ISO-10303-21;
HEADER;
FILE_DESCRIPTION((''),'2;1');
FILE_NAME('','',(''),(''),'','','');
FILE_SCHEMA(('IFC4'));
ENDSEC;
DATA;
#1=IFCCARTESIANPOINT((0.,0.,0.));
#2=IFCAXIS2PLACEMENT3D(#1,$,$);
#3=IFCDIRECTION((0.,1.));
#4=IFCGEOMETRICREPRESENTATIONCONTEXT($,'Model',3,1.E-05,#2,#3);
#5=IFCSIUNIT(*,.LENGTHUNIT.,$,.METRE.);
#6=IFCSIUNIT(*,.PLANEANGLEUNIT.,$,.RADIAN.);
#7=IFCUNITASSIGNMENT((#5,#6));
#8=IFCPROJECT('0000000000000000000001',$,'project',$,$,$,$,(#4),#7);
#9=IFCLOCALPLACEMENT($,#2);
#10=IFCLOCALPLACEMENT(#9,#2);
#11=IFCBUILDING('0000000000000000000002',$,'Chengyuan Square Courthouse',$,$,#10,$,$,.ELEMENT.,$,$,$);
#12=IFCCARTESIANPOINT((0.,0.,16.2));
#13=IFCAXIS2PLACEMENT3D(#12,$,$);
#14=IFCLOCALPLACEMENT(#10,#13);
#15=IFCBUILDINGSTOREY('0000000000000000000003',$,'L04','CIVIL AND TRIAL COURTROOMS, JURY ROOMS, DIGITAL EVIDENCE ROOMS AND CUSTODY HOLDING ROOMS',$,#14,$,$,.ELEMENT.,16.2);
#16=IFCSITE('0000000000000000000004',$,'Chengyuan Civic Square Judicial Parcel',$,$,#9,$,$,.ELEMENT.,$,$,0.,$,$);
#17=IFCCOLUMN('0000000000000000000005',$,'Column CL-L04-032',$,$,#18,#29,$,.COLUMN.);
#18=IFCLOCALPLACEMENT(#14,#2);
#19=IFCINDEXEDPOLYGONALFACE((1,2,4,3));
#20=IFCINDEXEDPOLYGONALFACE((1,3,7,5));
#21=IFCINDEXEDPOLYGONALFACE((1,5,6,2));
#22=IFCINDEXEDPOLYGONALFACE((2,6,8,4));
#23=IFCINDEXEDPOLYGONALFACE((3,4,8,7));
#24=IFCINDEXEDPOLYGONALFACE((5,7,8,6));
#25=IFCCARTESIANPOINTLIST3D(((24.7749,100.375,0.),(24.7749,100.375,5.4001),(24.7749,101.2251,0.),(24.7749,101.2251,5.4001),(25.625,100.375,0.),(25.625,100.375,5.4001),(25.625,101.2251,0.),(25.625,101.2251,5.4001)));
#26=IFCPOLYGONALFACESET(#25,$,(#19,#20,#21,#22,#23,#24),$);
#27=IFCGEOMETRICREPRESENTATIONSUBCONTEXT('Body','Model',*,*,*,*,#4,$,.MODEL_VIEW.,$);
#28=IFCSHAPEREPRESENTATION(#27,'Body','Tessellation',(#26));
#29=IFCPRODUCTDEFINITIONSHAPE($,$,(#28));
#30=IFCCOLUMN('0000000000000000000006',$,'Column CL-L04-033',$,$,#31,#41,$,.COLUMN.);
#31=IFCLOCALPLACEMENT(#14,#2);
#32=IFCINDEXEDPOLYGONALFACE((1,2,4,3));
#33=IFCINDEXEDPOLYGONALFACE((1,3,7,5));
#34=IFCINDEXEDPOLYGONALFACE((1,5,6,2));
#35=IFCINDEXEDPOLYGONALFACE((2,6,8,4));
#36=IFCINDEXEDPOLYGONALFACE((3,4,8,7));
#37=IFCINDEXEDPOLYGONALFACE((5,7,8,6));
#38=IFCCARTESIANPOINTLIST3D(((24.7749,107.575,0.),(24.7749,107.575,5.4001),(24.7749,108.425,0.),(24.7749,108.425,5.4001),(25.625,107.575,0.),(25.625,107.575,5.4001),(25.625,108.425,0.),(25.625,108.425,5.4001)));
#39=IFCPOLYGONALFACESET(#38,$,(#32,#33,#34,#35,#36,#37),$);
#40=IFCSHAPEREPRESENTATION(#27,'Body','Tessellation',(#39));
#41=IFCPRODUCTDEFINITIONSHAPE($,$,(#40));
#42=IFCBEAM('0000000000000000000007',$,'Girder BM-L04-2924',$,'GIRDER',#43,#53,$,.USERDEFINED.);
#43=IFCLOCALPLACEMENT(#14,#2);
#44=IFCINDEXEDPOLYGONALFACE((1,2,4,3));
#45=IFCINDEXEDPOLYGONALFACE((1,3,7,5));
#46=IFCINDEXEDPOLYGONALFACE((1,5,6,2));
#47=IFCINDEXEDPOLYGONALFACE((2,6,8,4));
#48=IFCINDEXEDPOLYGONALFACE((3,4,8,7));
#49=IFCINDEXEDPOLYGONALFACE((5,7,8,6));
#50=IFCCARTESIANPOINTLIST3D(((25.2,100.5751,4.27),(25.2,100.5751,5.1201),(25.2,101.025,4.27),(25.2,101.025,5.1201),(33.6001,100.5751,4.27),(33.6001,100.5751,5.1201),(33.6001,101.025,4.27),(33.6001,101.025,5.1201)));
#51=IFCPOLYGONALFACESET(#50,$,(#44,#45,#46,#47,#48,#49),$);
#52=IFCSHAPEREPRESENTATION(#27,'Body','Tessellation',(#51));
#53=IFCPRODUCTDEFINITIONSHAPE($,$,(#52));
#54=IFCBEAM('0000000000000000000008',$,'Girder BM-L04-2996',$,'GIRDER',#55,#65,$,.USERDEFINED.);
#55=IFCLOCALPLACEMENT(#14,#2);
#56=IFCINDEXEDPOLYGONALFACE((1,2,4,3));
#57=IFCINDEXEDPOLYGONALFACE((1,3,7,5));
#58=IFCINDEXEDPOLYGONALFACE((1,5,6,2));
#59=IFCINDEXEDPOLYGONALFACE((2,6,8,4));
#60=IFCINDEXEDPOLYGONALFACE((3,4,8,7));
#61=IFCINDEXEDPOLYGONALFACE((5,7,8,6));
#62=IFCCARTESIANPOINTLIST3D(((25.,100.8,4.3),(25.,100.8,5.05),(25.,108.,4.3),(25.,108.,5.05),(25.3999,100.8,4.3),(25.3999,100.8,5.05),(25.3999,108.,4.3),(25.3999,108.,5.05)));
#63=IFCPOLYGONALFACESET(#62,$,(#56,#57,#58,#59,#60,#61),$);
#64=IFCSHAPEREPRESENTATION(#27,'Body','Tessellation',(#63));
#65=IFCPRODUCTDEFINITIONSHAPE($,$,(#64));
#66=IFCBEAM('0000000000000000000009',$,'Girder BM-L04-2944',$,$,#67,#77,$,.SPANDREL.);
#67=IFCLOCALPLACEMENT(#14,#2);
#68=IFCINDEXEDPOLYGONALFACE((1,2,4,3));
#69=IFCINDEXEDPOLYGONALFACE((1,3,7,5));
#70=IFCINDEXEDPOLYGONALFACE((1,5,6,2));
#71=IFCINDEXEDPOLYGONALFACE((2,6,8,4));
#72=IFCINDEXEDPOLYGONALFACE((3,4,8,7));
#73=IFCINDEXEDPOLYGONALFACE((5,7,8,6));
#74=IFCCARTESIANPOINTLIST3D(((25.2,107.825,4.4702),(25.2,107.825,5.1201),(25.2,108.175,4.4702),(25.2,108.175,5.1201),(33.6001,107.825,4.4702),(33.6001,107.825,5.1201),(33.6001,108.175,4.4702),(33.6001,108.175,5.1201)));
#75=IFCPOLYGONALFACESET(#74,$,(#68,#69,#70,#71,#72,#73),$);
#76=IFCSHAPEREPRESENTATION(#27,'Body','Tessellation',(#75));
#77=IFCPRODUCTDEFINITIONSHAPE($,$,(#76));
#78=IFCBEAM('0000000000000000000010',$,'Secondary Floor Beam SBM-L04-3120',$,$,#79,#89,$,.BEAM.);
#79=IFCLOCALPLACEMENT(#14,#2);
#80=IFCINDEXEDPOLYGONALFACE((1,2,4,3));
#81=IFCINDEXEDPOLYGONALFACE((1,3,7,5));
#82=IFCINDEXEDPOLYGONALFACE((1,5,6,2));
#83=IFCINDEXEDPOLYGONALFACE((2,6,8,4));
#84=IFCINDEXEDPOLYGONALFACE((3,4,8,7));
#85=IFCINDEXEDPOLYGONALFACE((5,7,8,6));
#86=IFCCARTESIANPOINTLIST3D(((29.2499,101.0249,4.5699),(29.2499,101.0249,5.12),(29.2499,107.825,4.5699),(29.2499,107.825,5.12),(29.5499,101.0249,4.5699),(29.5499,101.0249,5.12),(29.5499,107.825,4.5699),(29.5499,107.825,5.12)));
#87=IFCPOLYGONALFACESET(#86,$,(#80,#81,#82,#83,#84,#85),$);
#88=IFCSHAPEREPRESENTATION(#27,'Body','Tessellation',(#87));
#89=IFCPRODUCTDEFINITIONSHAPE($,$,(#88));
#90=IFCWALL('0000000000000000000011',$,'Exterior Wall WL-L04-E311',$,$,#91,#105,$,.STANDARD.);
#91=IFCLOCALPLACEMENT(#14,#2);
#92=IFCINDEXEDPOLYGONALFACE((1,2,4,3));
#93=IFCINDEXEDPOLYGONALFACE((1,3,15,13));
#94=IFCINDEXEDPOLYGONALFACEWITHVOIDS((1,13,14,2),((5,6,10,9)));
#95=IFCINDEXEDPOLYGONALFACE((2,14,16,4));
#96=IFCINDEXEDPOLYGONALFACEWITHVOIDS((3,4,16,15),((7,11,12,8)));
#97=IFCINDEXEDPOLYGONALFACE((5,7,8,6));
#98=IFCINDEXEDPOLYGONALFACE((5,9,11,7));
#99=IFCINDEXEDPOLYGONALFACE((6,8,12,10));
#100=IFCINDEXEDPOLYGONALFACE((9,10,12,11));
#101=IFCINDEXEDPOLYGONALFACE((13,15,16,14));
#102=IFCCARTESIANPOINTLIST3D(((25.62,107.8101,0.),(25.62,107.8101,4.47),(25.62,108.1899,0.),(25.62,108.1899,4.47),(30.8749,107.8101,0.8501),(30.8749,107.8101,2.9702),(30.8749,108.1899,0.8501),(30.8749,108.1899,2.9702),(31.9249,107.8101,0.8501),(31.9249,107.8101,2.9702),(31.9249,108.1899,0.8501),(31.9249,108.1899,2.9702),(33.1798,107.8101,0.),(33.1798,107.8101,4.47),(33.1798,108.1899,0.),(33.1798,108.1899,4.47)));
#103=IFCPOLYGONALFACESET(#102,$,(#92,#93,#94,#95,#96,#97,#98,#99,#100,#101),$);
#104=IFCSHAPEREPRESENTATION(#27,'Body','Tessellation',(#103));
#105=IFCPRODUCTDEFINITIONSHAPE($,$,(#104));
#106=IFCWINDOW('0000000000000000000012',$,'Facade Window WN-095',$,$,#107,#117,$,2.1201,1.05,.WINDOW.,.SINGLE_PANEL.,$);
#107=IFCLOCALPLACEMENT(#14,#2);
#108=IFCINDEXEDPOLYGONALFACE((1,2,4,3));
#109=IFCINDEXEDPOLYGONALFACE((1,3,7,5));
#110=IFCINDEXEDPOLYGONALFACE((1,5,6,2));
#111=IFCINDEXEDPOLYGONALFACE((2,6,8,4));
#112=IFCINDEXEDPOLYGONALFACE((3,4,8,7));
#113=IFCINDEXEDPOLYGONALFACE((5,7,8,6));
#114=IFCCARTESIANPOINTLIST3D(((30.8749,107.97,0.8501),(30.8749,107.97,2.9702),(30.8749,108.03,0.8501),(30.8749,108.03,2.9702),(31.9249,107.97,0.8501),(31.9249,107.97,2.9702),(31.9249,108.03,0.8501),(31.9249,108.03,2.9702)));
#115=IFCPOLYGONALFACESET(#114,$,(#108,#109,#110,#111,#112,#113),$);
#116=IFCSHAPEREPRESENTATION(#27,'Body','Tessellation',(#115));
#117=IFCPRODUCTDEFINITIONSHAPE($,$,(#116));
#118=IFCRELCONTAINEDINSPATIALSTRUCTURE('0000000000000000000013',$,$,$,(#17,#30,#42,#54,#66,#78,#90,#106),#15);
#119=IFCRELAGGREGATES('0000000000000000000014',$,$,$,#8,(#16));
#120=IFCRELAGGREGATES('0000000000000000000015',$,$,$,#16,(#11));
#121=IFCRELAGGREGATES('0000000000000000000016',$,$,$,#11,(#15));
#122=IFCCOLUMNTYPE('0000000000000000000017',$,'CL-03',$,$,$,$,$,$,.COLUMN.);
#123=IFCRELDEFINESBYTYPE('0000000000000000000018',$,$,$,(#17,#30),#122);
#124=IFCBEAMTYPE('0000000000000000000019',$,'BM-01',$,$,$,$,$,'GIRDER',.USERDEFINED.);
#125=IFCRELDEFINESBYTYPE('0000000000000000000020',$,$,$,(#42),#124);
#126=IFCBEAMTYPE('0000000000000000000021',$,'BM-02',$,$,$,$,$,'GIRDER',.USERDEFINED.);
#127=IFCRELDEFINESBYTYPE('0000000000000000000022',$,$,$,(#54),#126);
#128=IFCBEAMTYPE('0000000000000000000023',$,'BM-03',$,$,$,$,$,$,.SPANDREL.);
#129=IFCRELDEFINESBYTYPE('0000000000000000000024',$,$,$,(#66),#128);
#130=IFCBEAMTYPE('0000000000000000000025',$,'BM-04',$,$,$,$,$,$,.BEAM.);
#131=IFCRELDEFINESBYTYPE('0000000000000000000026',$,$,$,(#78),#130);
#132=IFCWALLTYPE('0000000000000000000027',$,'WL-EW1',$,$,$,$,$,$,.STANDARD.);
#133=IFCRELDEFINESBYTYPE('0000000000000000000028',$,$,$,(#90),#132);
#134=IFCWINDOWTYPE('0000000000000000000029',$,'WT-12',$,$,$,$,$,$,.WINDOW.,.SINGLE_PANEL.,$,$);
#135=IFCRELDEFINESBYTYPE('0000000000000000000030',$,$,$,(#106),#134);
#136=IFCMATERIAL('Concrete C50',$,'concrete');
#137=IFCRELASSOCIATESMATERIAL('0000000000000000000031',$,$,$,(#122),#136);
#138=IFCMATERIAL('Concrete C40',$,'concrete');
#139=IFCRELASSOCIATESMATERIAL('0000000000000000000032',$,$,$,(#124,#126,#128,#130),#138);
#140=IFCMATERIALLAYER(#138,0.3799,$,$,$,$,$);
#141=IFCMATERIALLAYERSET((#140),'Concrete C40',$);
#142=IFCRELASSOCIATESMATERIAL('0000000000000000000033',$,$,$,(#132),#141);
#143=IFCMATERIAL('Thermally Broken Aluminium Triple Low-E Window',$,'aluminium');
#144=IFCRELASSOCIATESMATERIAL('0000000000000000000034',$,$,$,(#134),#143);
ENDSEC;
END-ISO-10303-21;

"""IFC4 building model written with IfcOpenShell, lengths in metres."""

from ifc_helpers import new_model, si_unit, direction, frame, frame_2d, origin, origin_2d, place, context, subcontext, project, spatial, rectangle, extrude, material, layer, layer_set, material_profile, profile_set, type_object, element, fill, save


model = new_model("IFC4")

# Units and contexts
model_context = context("Model", 3, precision=1e-05, world=origin(), true_north=direction((0.0, 1.0)))
body_context = subcontext(model_context, "Body", "Model", "MODEL_VIEW")
ifc_project = project(units=[si_unit("LENGTHUNIT", "METRE"), si_unit("PLANEANGLEUNIT", "RADIAN")], contexts=[model_context])

# Site, building, storey
site_placement = place(None, origin())
site = spatial("IfcSite", under=ifc_project, at=site_placement, Name="Chengyuan Civic Square Judicial Parcel", CompositionType="ELEMENT", RefElevation=0.0)
building_placement = place(site_placement, origin())
building = spatial("IfcBuilding", under=site, at=building_placement, Name="Chengyuan Square Courthouse", CompositionType="ELEMENT")
storey_placement = place(building_placement, frame((0.0, 0.0, 16.2)))
storey = spatial("IfcBuildingStorey", under=building, at=storey_placement, Name="L04", Description="CIVIL AND TRIAL COURTROOMS, JURY ROOMS, DIGITAL EVIDENCE ROOMS AND CUSTODY HOLDING ROOMS", CompositionType="ELEMENT", Elevation=16.2)

# Columns
ifc_material_1 = material(Name="Concrete C50", Category="concrete")
ifc_material_profile_1 = material_profile(ifc_material_1, rectangle(XDim=0.8501, YDim=0.8501, at=origin_2d()), Name="RC-COL-850x850")
ifc_profile_set_1 = profile_set([ifc_material_profile_1], Name="Concrete C50")
column_type = type_object("IfcColumnType", Name="CL-03", PredefinedType="COLUMN", material=ifc_profile_set_1)
for number, where, z_axis, x_axis, name in (
    (1, (25.2, 100.8, 0.0), (0.0, 0.0, 1.0), (1.0, 0.0, 0.0), "Column CL-L04-032"),
    (2, (25.2, 108.0, 0.0), (0.0, 0.0, 1.0), (1.0, 0.0, 0.0), "Column CL-L04-033"),
):
    element("IfcColumn", number, at=place(storey_placement, frame(where, z_axis=z_axis, x_axis=x_axis)), inside=storey, type_object=column_type, Name=name, PredefinedType="COLUMN", context=body_context, shape_type="SweptSolid", body=[
        extrude(rectangle(XDim=0.8501, YDim=0.8501, at=origin_2d()), origin(), (0.0, 0.0, 1.0), 5.4001),
    ])

# Beams
ifc_material_2 = material(Name="Concrete C40", Category="concrete")
ifc_material_profile_2 = material_profile(ifc_material_2, rectangle(XDim=0.45, YDim=0.8501, at=origin_2d()), Name="RC-BM-450x850")
ifc_profile_set_2 = profile_set([ifc_material_profile_2], Name="Concrete C40")
beam_type_1 = type_object("IfcBeamType", Name="BM-01", ElementType="GIRDER", PredefinedType="USERDEFINED", material=ifc_profile_set_2)
beam_1_placement = place(storey_placement, frame((25.2, 100.8, 4.6951), z_axis=(1.0, 0.0, 0.0), x_axis=(0.0, 1.0, 0.0)))
element("IfcBeam", 3, at=beam_1_placement, inside=storey, type_object=beam_type_1, Name="Girder BM-L04-2924", ObjectType="GIRDER", PredefinedType="USERDEFINED", context=body_context, shape_type="SweptSolid", body=[
    extrude(rectangle(XDim=0.45, YDim=0.8501, at=origin_2d()), origin(), (0.0, 0.0, 1.0), 8.4001),
])
ifc_material_profile_3 = material_profile(ifc_material_2, rectangle(XDim=0.3999, YDim=0.75, at=origin_2d()), Name="RC-BM-400x750")
ifc_profile_set_3 = profile_set([ifc_material_profile_3], Name="Concrete C40")
beam_type_2 = type_object("IfcBeamType", Name="BM-02", ElementType="GIRDER", PredefinedType="USERDEFINED", material=ifc_profile_set_3)
beam_2_placement = place(storey_placement, frame((25.2, 100.8, 4.675), z_axis=(0.0, 1.0, 0.0), x_axis=(-1.0, 0.0, 0.0)))
element("IfcBeam", 4, at=beam_2_placement, inside=storey, type_object=beam_type_2, Name="Girder BM-L04-2996", ObjectType="GIRDER", PredefinedType="USERDEFINED", context=body_context, shape_type="SweptSolid", body=[
    extrude(rectangle(XDim=0.3999, YDim=0.75, at=origin_2d()), origin(), (0.0, 0.0, 1.0), 7.2),
])
ifc_material_profile_4 = material_profile(ifc_material_2, rectangle(XDim=0.3501, YDim=0.6499, at=origin_2d()), Name="RC-BM-350x650")
ifc_profile_set_4 = profile_set([ifc_material_profile_4], Name="Concrete C40")
beam_type_3 = type_object("IfcBeamType", Name="BM-03", PredefinedType="SPANDREL", material=ifc_profile_set_4)
beam_3_placement = place(storey_placement, frame((25.2, 108.0, 4.7952), z_axis=(1.0, 0.0, 0.0), x_axis=(0.0, 1.0, 0.0)))
element("IfcBeam", 5, at=beam_3_placement, inside=storey, type_object=beam_type_3, Name="Girder BM-L04-2944", PredefinedType="SPANDREL", context=body_context, shape_type="SweptSolid", body=[
    extrude(rectangle(XDim=0.3501, YDim=0.6499, at=origin_2d()), origin(), (0.0, 0.0, 1.0), 8.4001),
])
ifc_material_profile_5 = material_profile(ifc_material_2, rectangle(XDim=0.3, YDim=0.55, at=origin_2d()), Name="RC-BM-300x550")
ifc_profile_set_5 = profile_set([ifc_material_profile_5], Name="Concrete C40")
beam_type_4 = type_object("IfcBeamType", Name="BM-04", PredefinedType="BEAM", material=ifc_profile_set_5)
beam_4_placement = place(storey_placement, frame((29.3999, 101.0249, 4.845), z_axis=(0.0, 1.0, 0.0), x_axis=(-1.0, 0.0, 0.0)))
element("IfcBeam", 6, at=beam_4_placement, inside=storey, type_object=beam_type_4, Name="Secondary Floor Beam SBM-L04-3120", PredefinedType="BEAM", context=body_context, shape_type="SweptSolid", body=[
    extrude(rectangle(XDim=0.3, YDim=0.55, at=origin_2d()), origin(), (0.0, 0.0, 1.0), 6.8),
])

# Wall, opening, window
ifc_layer_1 = layer(ifc_material_2, 0.3799)
ifc_layer_set_1 = layer_set([ifc_layer_1], Name="Concrete C40")
wall_type_1 = type_object("IfcWallType", Name="WL-EW1", PredefinedType="STANDARD", material=ifc_layer_set_1)
wall_1_placement = place(storey_placement, frame((25.6201, 108.0, 0.0), z_axis=(0.0, 0.0, 1.0), x_axis=(1.0, 0.0, 0.0)))
wall_1 = element("IfcWall", 7, at=wall_1_placement, inside=storey, type_object=wall_type_1, Name="Exterior Wall WL-L04-E311", PredefinedType="STANDARD", context=body_context, shape_type="SweptSolid", body=[
    extrude(rectangle(XDim=7.5598, YDim=0.3799, at=frame_2d((3.7798, 0.0))), origin(), (0.0, 0.0, 1.0), 4.47),
])
opening_1_placement = place(wall_1_placement, frame((5.2549, 0.0, 0.8501)))
opening_1 = element("IfcOpeningElement", 8, at=opening_1_placement, cuts=wall_1, PredefinedType="OPENING", context=body_context, shape_type="SweptSolid", body=[
    extrude(rectangle(XDim=1.05, YDim=2.1201, at=frame_2d((0.5249, 1.0601))), frame((0.0, 0.2019, 0.0), z_axis=(0.0, -1.0, 0.0), x_axis=(1.0, 0.0, 0.0)), (0.0, 0.0, 1.0), 0.4038),
])
ifc_material_3 = material(Name="Thermally Broken Aluminium Triple Low-E Window", Category="aluminium")
window_type = type_object("IfcWindowType", Name="WT-12", PartitioningType="SINGLE_PANEL", PredefinedType="WINDOW", material=ifc_material_3)
window_placement = place(opening_1_placement, origin())
window = element("IfcWindow", 9, at=window_placement, inside=storey, type_object=window_type, Name="Facade Window WN-095", OverallHeight=2.1201, OverallWidth=1.05, PartitioningType="SINGLE_PANEL", PredefinedType="WINDOW", context=body_context, shape_type="SweptSolid", body=[
    extrude(rectangle(XDim=1.05, YDim=2.1201, at=frame_2d((0.5249, 1.0601))), frame((0.0, 0.03, 0.0), z_axis=(0.0, -1.0, 0.0), x_axis=(1.0, 0.0, 0.0)), (0.0, 0.0, 1.0), 0.0601),
])
fill(opening_1, window)

save(model, "model.ifc")
